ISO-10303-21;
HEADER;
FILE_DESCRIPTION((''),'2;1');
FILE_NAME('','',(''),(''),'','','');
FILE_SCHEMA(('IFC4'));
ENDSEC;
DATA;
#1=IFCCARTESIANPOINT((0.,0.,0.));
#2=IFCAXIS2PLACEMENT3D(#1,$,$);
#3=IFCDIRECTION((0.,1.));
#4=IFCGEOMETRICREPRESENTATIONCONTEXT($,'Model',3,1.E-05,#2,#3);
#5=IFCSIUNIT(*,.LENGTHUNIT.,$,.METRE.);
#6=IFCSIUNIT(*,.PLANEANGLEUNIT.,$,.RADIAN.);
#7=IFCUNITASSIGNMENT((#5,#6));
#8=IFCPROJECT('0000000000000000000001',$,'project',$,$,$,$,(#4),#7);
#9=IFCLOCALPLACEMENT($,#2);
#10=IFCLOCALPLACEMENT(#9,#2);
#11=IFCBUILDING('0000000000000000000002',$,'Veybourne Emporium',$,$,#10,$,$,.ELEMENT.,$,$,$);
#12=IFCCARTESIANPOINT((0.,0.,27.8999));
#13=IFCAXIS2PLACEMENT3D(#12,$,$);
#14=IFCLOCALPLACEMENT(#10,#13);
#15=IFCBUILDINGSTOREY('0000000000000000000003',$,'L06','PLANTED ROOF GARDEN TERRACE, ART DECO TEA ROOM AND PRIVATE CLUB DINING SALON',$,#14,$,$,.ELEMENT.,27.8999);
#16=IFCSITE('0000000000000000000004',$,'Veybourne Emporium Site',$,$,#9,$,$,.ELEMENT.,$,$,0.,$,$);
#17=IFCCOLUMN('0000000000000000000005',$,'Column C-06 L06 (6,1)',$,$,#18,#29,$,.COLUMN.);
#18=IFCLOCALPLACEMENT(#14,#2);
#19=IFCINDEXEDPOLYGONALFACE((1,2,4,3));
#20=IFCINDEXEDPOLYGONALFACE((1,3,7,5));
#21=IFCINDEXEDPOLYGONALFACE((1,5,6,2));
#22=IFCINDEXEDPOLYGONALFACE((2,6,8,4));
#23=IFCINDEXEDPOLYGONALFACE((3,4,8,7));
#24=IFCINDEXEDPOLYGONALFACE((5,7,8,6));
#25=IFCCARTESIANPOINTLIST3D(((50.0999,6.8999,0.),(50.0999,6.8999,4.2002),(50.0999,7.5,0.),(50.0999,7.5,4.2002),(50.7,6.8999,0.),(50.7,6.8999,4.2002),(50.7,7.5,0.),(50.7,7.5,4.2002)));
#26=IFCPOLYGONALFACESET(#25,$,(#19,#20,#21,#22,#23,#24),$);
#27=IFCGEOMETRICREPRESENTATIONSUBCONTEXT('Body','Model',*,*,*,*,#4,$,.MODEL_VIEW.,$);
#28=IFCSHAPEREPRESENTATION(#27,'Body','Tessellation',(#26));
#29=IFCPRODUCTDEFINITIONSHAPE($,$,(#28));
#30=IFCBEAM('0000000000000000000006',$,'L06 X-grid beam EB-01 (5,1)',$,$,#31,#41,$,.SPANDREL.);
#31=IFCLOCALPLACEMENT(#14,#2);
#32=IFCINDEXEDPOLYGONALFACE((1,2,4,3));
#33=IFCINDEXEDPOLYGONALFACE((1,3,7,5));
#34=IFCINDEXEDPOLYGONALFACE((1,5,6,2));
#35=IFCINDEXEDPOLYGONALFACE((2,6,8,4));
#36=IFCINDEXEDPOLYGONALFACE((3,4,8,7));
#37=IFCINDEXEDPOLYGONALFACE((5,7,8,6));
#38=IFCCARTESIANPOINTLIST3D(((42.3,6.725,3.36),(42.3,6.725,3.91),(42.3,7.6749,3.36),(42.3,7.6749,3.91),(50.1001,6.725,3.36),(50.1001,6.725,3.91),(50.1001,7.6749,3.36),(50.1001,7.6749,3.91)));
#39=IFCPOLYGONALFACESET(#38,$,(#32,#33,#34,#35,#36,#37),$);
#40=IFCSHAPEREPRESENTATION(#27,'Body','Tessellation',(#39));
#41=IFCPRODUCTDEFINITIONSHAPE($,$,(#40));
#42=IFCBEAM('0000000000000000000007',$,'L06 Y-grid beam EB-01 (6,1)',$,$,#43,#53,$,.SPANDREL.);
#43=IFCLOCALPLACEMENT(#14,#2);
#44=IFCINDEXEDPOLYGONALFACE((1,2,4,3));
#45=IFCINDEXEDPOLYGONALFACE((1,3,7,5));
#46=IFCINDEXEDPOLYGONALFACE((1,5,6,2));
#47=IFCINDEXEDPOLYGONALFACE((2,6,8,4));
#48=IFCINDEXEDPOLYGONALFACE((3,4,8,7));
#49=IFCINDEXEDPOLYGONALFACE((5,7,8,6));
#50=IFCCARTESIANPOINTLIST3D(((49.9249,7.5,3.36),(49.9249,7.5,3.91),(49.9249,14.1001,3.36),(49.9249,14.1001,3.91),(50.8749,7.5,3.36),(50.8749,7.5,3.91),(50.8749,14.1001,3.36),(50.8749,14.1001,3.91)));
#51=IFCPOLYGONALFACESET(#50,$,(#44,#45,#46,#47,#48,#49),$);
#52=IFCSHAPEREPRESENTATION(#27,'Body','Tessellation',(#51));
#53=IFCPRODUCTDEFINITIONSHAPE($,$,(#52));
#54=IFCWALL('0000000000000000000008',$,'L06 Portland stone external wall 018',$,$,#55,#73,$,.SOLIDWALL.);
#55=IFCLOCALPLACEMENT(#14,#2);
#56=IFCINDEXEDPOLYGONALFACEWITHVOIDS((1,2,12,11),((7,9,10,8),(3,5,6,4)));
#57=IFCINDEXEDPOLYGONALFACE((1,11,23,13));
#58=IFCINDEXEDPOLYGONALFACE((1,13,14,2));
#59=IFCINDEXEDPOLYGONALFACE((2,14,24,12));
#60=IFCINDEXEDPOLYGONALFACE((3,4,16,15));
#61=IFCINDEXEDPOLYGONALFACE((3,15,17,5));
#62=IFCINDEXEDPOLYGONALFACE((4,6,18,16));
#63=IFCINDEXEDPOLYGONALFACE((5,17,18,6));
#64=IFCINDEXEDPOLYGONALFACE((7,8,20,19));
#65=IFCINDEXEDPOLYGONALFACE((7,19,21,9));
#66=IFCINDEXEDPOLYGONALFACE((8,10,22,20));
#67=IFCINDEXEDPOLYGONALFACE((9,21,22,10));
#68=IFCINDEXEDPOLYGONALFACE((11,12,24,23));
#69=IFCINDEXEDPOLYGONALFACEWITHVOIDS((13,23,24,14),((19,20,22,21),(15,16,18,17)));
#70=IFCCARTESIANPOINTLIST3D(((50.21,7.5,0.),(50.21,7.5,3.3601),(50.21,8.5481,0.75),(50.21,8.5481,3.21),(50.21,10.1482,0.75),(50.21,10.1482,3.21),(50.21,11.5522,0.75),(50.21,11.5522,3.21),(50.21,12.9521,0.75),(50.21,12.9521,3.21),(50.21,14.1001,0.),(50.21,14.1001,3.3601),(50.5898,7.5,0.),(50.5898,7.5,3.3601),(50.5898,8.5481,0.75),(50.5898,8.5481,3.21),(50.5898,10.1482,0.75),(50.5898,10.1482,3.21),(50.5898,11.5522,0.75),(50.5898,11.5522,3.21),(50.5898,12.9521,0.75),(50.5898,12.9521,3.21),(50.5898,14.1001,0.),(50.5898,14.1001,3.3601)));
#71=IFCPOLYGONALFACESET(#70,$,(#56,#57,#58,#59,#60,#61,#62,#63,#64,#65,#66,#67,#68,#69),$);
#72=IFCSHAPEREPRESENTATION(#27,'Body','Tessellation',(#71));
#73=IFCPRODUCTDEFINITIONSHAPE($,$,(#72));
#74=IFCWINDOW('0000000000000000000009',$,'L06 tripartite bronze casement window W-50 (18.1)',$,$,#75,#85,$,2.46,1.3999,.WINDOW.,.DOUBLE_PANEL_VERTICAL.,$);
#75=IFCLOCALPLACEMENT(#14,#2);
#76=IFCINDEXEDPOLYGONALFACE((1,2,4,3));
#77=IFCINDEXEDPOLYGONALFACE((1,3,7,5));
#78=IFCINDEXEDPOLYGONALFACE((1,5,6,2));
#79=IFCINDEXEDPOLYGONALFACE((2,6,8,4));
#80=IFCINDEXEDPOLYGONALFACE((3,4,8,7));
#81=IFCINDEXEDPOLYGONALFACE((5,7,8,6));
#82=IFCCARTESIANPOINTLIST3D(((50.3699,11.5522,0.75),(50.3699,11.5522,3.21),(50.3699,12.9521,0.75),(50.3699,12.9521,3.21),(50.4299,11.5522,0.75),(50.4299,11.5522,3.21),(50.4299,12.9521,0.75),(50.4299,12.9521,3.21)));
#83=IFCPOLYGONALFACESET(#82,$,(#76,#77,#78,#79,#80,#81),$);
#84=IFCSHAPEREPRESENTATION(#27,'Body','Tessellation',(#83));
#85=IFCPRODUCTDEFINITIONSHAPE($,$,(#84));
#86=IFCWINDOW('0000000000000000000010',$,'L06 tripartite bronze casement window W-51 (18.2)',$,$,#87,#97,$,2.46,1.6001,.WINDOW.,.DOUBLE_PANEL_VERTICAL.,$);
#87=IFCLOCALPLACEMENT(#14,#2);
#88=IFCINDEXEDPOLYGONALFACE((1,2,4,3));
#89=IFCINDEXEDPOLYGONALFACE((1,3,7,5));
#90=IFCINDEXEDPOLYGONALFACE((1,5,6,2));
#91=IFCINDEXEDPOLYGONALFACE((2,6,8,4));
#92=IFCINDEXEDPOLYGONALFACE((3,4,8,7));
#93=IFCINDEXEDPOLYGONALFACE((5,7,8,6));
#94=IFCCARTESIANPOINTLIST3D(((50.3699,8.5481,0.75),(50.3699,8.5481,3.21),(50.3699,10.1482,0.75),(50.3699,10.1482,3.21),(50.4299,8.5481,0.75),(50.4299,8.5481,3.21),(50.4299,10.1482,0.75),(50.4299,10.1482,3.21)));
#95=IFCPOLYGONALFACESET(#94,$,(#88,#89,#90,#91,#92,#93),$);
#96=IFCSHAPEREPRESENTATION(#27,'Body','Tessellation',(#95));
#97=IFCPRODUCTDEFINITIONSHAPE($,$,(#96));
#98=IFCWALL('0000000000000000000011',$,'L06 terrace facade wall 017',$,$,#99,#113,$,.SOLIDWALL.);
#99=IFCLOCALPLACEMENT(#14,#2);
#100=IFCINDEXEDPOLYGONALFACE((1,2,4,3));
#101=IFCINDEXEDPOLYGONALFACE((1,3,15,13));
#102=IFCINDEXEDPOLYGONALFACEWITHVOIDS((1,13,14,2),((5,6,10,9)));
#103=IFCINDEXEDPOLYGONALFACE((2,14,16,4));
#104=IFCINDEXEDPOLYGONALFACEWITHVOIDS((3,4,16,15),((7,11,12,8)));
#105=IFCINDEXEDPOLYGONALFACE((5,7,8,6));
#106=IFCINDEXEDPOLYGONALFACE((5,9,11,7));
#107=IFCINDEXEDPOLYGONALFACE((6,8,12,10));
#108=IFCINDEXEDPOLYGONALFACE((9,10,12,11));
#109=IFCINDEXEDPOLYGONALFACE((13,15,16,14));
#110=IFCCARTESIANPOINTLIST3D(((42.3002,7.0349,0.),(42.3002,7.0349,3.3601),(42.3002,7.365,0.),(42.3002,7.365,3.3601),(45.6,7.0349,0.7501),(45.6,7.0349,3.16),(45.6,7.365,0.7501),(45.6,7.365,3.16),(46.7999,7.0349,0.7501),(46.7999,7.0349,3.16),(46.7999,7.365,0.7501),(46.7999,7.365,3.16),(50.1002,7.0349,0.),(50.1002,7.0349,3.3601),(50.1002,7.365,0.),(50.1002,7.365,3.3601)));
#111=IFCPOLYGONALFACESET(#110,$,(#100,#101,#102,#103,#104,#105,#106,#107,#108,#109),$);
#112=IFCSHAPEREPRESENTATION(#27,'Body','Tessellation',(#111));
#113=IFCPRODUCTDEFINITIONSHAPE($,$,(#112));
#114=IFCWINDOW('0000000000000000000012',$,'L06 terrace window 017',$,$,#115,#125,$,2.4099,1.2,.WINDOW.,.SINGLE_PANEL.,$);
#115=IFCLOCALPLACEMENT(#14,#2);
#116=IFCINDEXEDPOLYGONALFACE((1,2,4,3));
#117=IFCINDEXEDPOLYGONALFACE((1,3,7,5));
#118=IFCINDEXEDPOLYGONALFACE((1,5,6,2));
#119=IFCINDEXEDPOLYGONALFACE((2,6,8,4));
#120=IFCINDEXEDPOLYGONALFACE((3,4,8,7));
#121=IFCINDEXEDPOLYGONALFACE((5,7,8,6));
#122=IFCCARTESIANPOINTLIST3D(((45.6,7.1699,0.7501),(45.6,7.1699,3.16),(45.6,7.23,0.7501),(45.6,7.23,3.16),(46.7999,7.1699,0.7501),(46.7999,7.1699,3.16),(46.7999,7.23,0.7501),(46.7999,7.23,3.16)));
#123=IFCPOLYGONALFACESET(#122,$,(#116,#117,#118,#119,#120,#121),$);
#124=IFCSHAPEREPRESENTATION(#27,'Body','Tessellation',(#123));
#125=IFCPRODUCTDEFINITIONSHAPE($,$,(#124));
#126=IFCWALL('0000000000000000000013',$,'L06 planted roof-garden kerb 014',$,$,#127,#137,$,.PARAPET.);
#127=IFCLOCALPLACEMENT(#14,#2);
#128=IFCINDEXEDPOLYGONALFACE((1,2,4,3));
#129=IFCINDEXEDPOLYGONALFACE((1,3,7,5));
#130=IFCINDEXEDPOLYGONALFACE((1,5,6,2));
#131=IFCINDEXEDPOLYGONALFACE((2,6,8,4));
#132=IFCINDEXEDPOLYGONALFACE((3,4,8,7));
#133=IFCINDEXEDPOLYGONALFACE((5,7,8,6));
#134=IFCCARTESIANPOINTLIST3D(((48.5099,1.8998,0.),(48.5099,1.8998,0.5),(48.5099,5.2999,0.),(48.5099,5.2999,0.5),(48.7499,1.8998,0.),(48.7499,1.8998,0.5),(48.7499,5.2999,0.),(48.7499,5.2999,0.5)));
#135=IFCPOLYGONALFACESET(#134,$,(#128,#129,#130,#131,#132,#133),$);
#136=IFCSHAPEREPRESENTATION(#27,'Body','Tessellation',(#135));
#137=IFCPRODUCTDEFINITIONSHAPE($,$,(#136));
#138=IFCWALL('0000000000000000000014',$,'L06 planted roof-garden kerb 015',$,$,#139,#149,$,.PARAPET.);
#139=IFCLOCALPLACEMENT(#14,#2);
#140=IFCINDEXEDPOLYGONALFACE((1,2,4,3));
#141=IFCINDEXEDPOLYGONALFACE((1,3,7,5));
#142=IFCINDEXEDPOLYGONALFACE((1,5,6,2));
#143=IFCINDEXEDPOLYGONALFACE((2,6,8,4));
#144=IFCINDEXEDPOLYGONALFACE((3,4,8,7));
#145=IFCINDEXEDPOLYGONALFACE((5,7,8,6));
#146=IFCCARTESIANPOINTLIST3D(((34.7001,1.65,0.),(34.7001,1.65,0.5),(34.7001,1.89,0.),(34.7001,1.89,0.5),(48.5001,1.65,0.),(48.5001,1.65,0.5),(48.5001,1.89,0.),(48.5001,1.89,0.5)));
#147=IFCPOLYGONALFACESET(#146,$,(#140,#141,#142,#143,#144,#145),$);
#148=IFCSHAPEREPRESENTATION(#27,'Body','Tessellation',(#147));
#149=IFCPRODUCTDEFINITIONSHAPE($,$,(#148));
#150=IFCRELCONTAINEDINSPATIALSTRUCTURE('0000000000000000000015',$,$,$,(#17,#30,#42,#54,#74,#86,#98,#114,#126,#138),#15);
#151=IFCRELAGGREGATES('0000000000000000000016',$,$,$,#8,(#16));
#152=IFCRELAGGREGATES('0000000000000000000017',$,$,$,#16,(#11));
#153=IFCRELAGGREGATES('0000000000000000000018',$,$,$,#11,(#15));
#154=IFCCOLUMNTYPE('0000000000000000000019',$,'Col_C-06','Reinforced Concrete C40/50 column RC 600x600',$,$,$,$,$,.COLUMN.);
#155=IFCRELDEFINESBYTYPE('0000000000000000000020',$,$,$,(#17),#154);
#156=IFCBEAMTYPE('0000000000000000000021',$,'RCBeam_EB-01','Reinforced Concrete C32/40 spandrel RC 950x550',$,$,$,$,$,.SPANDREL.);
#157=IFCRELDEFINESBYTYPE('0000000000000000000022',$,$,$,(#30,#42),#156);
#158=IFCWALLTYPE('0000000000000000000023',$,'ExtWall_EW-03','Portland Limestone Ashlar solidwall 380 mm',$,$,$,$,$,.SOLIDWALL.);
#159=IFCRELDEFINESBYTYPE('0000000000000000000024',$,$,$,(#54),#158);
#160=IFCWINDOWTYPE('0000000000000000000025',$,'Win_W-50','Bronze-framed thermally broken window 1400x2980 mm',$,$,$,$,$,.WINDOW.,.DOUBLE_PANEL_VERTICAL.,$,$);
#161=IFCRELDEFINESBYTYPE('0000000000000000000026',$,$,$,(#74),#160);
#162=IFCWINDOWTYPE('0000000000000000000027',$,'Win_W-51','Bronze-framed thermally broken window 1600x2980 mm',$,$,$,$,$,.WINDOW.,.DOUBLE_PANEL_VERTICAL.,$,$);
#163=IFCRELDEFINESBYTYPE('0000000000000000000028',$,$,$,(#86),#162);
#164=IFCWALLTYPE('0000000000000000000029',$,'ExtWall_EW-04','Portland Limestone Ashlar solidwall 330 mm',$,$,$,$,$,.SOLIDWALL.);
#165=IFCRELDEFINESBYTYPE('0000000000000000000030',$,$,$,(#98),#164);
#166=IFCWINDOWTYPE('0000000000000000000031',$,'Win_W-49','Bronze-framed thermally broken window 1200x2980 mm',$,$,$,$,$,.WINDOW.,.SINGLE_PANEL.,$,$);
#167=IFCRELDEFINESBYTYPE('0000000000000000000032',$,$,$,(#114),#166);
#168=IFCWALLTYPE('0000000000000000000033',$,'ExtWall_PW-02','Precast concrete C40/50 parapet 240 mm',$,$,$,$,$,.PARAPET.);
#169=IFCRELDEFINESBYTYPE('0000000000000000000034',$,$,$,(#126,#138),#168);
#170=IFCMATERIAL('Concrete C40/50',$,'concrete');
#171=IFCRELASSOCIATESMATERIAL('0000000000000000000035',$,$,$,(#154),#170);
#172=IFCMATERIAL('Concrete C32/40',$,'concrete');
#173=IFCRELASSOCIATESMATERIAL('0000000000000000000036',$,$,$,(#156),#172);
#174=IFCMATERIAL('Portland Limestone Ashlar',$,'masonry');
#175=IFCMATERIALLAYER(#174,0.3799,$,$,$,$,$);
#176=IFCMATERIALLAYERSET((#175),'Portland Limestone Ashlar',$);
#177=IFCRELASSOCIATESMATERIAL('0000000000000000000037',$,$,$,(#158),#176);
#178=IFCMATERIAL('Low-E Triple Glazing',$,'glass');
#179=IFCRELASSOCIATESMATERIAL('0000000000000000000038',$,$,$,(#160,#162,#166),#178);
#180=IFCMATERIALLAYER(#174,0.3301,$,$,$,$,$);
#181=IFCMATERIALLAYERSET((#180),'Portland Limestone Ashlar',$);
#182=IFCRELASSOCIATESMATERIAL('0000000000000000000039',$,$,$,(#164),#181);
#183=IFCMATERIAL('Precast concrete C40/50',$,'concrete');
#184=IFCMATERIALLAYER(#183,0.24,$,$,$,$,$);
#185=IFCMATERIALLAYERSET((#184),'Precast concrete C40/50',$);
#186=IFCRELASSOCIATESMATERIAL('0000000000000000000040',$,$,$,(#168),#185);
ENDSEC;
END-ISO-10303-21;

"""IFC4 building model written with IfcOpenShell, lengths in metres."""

from ifc_helpers import new_model, si_unit, direction, frame, frame_2d, origin, origin_2d, place, context, subcontext, project, spatial, rectangle, extrude, material, layer, layer_set, material_profile, profile_set, type_object, element, fill, save


model = new_model("IFC4")

# Units and contexts
model_context = context("Model", 3, precision=1e-05, world=origin(), true_north=direction((0.0, 1.0)))
body_context = subcontext(model_context, "Body", "Model", "MODEL_VIEW")
ifc_project = project(units=[si_unit("LENGTHUNIT", "METRE"), si_unit("PLANEANGLEUNIT", "RADIAN")], contexts=[model_context])

# Site, building, storey
site_placement = place(None, origin())
site = spatial("IfcSite", under=ifc_project, at=site_placement, Name="Veybourne Emporium Site", CompositionType="ELEMENT", RefElevation=0.0)
building_placement = place(site_placement, origin())
building = spatial("IfcBuilding", under=site, at=building_placement, Name="Veybourne Emporium", CompositionType="ELEMENT")
storey_placement = place(building_placement, frame((0.0, 0.0, 27.8999)))
storey = spatial("IfcBuildingStorey", under=building, at=storey_placement, Name="L06", Description="PLANTED ROOF GARDEN TERRACE, ART DECO TEA ROOM AND PRIVATE CLUB DINING SALON", CompositionType="ELEMENT", Elevation=27.8999)

# Column
ifc_material_1 = material(Name="Concrete C40/50", Category="concrete")
ifc_material_profile_1 = material_profile(ifc_material_1, rectangle(XDim=0.6001, YDim=0.6001, at=origin_2d()), Name="RC 600x600")
ifc_profile_set_1 = profile_set([ifc_material_profile_1], Name="Concrete C40/50")
column_type = type_object("IfcColumnType", Name="Col_C-06", Description="Reinforced Concrete C40/50 column RC 600x600", PredefinedType="COLUMN", material=ifc_profile_set_1)
column_placement = place(storey_placement, frame((50.3999, 7.2, 0.0), z_axis=(0.0, 0.0, 1.0), x_axis=(1.0, 0.0, 0.0)))
element("IfcColumn", 1, at=column_placement, inside=storey, type_object=column_type, Name="Column C-06 L06 (6,1)", PredefinedType="COLUMN", context=body_context, shape_type="SweptSolid", body=[
    extrude(rectangle(XDim=0.6001, YDim=0.6001, at=origin_2d()), origin(), (0.0, 0.0, 1.0), 4.2002),
])

# Beams
ifc_material_2 = material(Name="Concrete C32/40", Category="concrete")
ifc_material_profile_2 = material_profile(ifc_material_2, rectangle(XDim=0.95, YDim=0.55, at=origin_2d()), Name="RC 950x550")
ifc_profile_set_2 = profile_set([ifc_material_profile_2], Name="Concrete C32/40")
beam_type = type_object("IfcBeamType", Name="RCBeam_EB-01", Description="Reinforced Concrete C32/40 spandrel RC 950x550", PredefinedType="SPANDREL", material=ifc_profile_set_2)
beam_1_placement = place(storey_placement, frame((42.3, 7.2, 3.635), z_axis=(1.0, 0.0, 0.0), x_axis=(0.0, 1.0, 0.0)))
element("IfcBeam", 2, at=beam_1_placement, inside=storey, type_object=beam_type, Name="L06 X-grid beam EB-01 (5,1)", PredefinedType="SPANDREL", context=body_context, shape_type="SweptSolid", body=[
    extrude(rectangle(XDim=0.95, YDim=0.55, at=origin_2d()), origin(), (0.0, 0.0, 1.0), 7.8),
])
beam_2_placement = place(storey_placement, frame((50.3999, 7.5, 3.635), z_axis=(0.0, 1.0, 0.0), x_axis=(-1.0, 0.0, 0.0)))
element("IfcBeam", 3, at=beam_2_placement, inside=storey, type_object=beam_type, Name="L06 Y-grid beam EB-01 (6,1)", PredefinedType="SPANDREL", context=body_context, shape_type="SweptSolid", body=[
    extrude(rectangle(XDim=0.95, YDim=0.55, at=origin_2d()), origin(), (0.0, 0.0, 1.0), 6.6001),
])

# Wall, openings, windows
ifc_material_3 = material(Name="Portland Limestone Ashlar", Category="masonry")
ifc_layer_1 = layer(ifc_material_3, 0.3799)
ifc_layer_set_1 = layer_set([ifc_layer_1], Name="Portland Limestone Ashlar")
wall_type_1 = type_object("IfcWallType", Name="ExtWall_EW-03", Description="Portland Limestone Ashlar solidwall 380 mm", PredefinedType="SOLIDWALL", material=ifc_layer_set_1)
wall_1_placement = place(storey_placement, frame((50.3999, 14.1001, 0.0), z_axis=(0.0, 0.0, 1.0), x_axis=(0.0, -1.0, 0.0)))
wall_1 = element("IfcWall", 4, at=wall_1_placement, inside=storey, type_object=wall_type_1, Name="L06 Portland stone external wall 018", PredefinedType="SOLIDWALL", context=body_context, shape_type="SweptSolid", body=[
    extrude(rectangle(XDim=6.6001, YDim=0.3799, at=frame_2d((3.3, 0.0))), origin(), (0.0, 0.0, 1.0), 3.3601),
])
opening_1_placement = place(wall_1_placement, frame((1.1479, 0.0, 0.75)))
opening_1 = element("IfcOpeningElement", 5, at=opening_1_placement, cuts=wall_1, PredefinedType="OPENING", context=body_context, shape_type="SweptSolid", body=[
    extrude(rectangle(XDim=1.3999, YDim=2.46, at=frame_2d((0.7, 1.23))), frame((0.0, 0.21, 0.0), z_axis=(0.0, -1.0, 0.0), x_axis=(1.0, 0.0, 0.0)), (0.0, 0.0, 1.0), 0.4199),
])
opening_2_placement = place(wall_1_placement, frame((3.9519, 0.0, 0.75)))
opening_2 = element("IfcOpeningElement", 6, at=opening_2_placement, cuts=wall_1, PredefinedType="OPENING", context=body_context, shape_type="SweptSolid", body=[
    extrude(rectangle(XDim=1.6001, YDim=2.46, at=frame_2d((0.8, 1.23))), frame((0.0, 0.21, 0.0), z_axis=(0.0, -1.0, 0.0), x_axis=(1.0, 0.0, 0.0)), (0.0, 0.0, 1.0), 0.4199),
])
ifc_material_4 = material(Name="Low-E Triple Glazing", Category="glass")
window_type_1 = type_object("IfcWindowType", Name="Win_W-50", Description="Bronze-framed thermally broken window 1400x2980 mm", PartitioningType="DOUBLE_PANEL_VERTICAL", PredefinedType="WINDOW", material=ifc_material_4)
window_1_placement = place(opening_1_placement, origin())
window_1 = element("IfcWindow", 7, at=window_1_placement, inside=storey, type_object=window_type_1, Name="L06 tripartite bronze casement window W-50 (18.1)", OverallHeight=2.46, OverallWidth=1.3999, PartitioningType="DOUBLE_PANEL_VERTICAL", PredefinedType="WINDOW", context=body_context, shape_type="SweptSolid", body=[
    extrude(rectangle(XDim=1.3999, YDim=2.46, at=frame_2d((0.7, 1.23))), frame((0.0, 0.03, 0.0), z_axis=(0.0, -1.0, 0.0), x_axis=(1.0, 0.0, 0.0)), (0.0, 0.0, 1.0), 0.0601),
])
fill(opening_1, window_1)
window_type_2 = type_object("IfcWindowType", Name="Win_W-51", Description="Bronze-framed thermally broken window 1600x2980 mm", PartitioningType="DOUBLE_PANEL_VERTICAL", PredefinedType="WINDOW", material=ifc_material_4)
window_2_placement = place(opening_2_placement, origin())
window_2 = element("IfcWindow", 8, at=window_2_placement, inside=storey, type_object=window_type_2, Name="L06 tripartite bronze casement window W-51 (18.2)", OverallHeight=2.46, OverallWidth=1.6001, PartitioningType="DOUBLE_PANEL_VERTICAL", PredefinedType="WINDOW", context=body_context, shape_type="SweptSolid", body=[
    extrude(rectangle(XDim=1.6001, YDim=2.46, at=frame_2d((0.8, 1.23))), frame((0.0, 0.03, 0.0), z_axis=(0.0, -1.0, 0.0), x_axis=(1.0, 0.0, 0.0)), (0.0, 0.0, 1.0), 0.0601),
])
fill(opening_2, window_2)

# Wall, opening, window
ifc_layer_2 = layer(ifc_material_3, 0.3301)
ifc_layer_set_2 = layer_set([ifc_layer_2], Name="Portland Limestone Ashlar")
wall_type_2 = type_object("IfcWallType", Name="ExtWall_EW-04", Description="Portland Limestone Ashlar solidwall 330 mm", PredefinedType="SOLIDWALL", material=ifc_layer_set_2)
wall_2_placement = place(storey_placement, frame((50.1001, 7.2, 0.0), z_axis=(0.0, 0.0, 1.0), x_axis=(-1.0, 0.0, 0.0)))
wall_2 = element("IfcWall", 9, at=wall_2_placement, inside=storey, type_object=wall_type_2, Name="L06 terrace facade wall 017", PredefinedType="SOLIDWALL", context=body_context, shape_type="SweptSolid", body=[
    extrude(rectangle(XDim=7.8, YDim=0.3301, at=frame_2d((3.8999, 0.0))), origin(), (0.0, 0.0, 1.0), 3.3601),
])
opening_3_placement = place(wall_2_placement, frame((3.3, 0.0, 0.75)))
opening_3 = element("IfcOpeningElement", 10, at=opening_3_placement, cuts=wall_2, PredefinedType="OPENING", context=body_context, shape_type="SweptSolid", body=[
    extrude(rectangle(XDim=1.2, YDim=2.4099, at=frame_2d((0.6001, 1.2051))), frame((0.0, 0.1851, 0.0), z_axis=(0.0, -1.0, 0.0), x_axis=(1.0, 0.0, 0.0)), (0.0, 0.0, 1.0), 0.3701),
])
window_type_3 = type_object("IfcWindowType", Name="Win_W-49", Description="Bronze-framed thermally broken window 1200x2980 mm", PartitioningType="SINGLE_PANEL", PredefinedType="WINDOW", material=ifc_material_4)
window_3_placement = place(opening_3_placement, origin())
window_3 = element("IfcWindow", 11, at=window_3_placement, inside=storey, type_object=window_type_3, Name="L06 terrace window 017", OverallHeight=2.4099, OverallWidth=1.2, PartitioningType="SINGLE_PANEL", PredefinedType="WINDOW", context=body_context, shape_type="SweptSolid", body=[
    extrude(rectangle(XDim=1.2, YDim=2.4099, at=frame_2d((0.6001, 1.2051))), frame((0.0, 0.03, 0.0), z_axis=(0.0, -1.0, 0.0), x_axis=(1.0, 0.0, 0.0)), (0.0, 0.0, 1.0), 0.0601),
])
fill(opening_3, window_3)

# Walls
ifc_material_5 = material(Name="Precast concrete C40/50", Category="concrete")
ifc_layer_3 = layer(ifc_material_5, 0.24)
ifc_layer_set_3 = layer_set([ifc_layer_3], Name="Precast concrete C40/50")
wall_type_3 = type_object("IfcWallType", Name="ExtWall_PW-02", Description="Precast concrete C40/50 parapet 240 mm", PredefinedType="PARAPET", material=ifc_layer_set_3)
wall_3_placement = place(storey_placement, frame((48.6299, 5.3, 0.0), z_axis=(0.0, 0.0, 1.0), x_axis=(0.0, -1.0, 0.0)))
element("IfcWall", 12, at=wall_3_placement, inside=storey, type_object=wall_type_3, Name="L06 planted roof-garden kerb 014", PredefinedType="PARAPET", context=body_context, shape_type="SweptSolid", body=[
    extrude(rectangle(XDim=3.4001, YDim=0.24, at=frame_2d((1.7002, 0.0))), origin(), (0.0, 0.0, 1.0), 0.5),
])
wall_4_placement = place(storey_placement, frame((48.5, 1.77, 0.0), z_axis=(0.0, 0.0, 1.0), x_axis=(-1.0, 0.0, 0.0)))
element("IfcWall", 13, at=wall_4_placement, inside=storey, type_object=wall_type_3, Name="L06 planted roof-garden kerb 015", PredefinedType="PARAPET", context=body_context, shape_type="SweptSolid", body=[
    extrude(rectangle(XDim=13.8, YDim=0.24, at=frame_2d((6.8999, 0.0))), origin(), (0.0, 0.0, 1.0), 0.5),
])

save(model, "model.ifc")
